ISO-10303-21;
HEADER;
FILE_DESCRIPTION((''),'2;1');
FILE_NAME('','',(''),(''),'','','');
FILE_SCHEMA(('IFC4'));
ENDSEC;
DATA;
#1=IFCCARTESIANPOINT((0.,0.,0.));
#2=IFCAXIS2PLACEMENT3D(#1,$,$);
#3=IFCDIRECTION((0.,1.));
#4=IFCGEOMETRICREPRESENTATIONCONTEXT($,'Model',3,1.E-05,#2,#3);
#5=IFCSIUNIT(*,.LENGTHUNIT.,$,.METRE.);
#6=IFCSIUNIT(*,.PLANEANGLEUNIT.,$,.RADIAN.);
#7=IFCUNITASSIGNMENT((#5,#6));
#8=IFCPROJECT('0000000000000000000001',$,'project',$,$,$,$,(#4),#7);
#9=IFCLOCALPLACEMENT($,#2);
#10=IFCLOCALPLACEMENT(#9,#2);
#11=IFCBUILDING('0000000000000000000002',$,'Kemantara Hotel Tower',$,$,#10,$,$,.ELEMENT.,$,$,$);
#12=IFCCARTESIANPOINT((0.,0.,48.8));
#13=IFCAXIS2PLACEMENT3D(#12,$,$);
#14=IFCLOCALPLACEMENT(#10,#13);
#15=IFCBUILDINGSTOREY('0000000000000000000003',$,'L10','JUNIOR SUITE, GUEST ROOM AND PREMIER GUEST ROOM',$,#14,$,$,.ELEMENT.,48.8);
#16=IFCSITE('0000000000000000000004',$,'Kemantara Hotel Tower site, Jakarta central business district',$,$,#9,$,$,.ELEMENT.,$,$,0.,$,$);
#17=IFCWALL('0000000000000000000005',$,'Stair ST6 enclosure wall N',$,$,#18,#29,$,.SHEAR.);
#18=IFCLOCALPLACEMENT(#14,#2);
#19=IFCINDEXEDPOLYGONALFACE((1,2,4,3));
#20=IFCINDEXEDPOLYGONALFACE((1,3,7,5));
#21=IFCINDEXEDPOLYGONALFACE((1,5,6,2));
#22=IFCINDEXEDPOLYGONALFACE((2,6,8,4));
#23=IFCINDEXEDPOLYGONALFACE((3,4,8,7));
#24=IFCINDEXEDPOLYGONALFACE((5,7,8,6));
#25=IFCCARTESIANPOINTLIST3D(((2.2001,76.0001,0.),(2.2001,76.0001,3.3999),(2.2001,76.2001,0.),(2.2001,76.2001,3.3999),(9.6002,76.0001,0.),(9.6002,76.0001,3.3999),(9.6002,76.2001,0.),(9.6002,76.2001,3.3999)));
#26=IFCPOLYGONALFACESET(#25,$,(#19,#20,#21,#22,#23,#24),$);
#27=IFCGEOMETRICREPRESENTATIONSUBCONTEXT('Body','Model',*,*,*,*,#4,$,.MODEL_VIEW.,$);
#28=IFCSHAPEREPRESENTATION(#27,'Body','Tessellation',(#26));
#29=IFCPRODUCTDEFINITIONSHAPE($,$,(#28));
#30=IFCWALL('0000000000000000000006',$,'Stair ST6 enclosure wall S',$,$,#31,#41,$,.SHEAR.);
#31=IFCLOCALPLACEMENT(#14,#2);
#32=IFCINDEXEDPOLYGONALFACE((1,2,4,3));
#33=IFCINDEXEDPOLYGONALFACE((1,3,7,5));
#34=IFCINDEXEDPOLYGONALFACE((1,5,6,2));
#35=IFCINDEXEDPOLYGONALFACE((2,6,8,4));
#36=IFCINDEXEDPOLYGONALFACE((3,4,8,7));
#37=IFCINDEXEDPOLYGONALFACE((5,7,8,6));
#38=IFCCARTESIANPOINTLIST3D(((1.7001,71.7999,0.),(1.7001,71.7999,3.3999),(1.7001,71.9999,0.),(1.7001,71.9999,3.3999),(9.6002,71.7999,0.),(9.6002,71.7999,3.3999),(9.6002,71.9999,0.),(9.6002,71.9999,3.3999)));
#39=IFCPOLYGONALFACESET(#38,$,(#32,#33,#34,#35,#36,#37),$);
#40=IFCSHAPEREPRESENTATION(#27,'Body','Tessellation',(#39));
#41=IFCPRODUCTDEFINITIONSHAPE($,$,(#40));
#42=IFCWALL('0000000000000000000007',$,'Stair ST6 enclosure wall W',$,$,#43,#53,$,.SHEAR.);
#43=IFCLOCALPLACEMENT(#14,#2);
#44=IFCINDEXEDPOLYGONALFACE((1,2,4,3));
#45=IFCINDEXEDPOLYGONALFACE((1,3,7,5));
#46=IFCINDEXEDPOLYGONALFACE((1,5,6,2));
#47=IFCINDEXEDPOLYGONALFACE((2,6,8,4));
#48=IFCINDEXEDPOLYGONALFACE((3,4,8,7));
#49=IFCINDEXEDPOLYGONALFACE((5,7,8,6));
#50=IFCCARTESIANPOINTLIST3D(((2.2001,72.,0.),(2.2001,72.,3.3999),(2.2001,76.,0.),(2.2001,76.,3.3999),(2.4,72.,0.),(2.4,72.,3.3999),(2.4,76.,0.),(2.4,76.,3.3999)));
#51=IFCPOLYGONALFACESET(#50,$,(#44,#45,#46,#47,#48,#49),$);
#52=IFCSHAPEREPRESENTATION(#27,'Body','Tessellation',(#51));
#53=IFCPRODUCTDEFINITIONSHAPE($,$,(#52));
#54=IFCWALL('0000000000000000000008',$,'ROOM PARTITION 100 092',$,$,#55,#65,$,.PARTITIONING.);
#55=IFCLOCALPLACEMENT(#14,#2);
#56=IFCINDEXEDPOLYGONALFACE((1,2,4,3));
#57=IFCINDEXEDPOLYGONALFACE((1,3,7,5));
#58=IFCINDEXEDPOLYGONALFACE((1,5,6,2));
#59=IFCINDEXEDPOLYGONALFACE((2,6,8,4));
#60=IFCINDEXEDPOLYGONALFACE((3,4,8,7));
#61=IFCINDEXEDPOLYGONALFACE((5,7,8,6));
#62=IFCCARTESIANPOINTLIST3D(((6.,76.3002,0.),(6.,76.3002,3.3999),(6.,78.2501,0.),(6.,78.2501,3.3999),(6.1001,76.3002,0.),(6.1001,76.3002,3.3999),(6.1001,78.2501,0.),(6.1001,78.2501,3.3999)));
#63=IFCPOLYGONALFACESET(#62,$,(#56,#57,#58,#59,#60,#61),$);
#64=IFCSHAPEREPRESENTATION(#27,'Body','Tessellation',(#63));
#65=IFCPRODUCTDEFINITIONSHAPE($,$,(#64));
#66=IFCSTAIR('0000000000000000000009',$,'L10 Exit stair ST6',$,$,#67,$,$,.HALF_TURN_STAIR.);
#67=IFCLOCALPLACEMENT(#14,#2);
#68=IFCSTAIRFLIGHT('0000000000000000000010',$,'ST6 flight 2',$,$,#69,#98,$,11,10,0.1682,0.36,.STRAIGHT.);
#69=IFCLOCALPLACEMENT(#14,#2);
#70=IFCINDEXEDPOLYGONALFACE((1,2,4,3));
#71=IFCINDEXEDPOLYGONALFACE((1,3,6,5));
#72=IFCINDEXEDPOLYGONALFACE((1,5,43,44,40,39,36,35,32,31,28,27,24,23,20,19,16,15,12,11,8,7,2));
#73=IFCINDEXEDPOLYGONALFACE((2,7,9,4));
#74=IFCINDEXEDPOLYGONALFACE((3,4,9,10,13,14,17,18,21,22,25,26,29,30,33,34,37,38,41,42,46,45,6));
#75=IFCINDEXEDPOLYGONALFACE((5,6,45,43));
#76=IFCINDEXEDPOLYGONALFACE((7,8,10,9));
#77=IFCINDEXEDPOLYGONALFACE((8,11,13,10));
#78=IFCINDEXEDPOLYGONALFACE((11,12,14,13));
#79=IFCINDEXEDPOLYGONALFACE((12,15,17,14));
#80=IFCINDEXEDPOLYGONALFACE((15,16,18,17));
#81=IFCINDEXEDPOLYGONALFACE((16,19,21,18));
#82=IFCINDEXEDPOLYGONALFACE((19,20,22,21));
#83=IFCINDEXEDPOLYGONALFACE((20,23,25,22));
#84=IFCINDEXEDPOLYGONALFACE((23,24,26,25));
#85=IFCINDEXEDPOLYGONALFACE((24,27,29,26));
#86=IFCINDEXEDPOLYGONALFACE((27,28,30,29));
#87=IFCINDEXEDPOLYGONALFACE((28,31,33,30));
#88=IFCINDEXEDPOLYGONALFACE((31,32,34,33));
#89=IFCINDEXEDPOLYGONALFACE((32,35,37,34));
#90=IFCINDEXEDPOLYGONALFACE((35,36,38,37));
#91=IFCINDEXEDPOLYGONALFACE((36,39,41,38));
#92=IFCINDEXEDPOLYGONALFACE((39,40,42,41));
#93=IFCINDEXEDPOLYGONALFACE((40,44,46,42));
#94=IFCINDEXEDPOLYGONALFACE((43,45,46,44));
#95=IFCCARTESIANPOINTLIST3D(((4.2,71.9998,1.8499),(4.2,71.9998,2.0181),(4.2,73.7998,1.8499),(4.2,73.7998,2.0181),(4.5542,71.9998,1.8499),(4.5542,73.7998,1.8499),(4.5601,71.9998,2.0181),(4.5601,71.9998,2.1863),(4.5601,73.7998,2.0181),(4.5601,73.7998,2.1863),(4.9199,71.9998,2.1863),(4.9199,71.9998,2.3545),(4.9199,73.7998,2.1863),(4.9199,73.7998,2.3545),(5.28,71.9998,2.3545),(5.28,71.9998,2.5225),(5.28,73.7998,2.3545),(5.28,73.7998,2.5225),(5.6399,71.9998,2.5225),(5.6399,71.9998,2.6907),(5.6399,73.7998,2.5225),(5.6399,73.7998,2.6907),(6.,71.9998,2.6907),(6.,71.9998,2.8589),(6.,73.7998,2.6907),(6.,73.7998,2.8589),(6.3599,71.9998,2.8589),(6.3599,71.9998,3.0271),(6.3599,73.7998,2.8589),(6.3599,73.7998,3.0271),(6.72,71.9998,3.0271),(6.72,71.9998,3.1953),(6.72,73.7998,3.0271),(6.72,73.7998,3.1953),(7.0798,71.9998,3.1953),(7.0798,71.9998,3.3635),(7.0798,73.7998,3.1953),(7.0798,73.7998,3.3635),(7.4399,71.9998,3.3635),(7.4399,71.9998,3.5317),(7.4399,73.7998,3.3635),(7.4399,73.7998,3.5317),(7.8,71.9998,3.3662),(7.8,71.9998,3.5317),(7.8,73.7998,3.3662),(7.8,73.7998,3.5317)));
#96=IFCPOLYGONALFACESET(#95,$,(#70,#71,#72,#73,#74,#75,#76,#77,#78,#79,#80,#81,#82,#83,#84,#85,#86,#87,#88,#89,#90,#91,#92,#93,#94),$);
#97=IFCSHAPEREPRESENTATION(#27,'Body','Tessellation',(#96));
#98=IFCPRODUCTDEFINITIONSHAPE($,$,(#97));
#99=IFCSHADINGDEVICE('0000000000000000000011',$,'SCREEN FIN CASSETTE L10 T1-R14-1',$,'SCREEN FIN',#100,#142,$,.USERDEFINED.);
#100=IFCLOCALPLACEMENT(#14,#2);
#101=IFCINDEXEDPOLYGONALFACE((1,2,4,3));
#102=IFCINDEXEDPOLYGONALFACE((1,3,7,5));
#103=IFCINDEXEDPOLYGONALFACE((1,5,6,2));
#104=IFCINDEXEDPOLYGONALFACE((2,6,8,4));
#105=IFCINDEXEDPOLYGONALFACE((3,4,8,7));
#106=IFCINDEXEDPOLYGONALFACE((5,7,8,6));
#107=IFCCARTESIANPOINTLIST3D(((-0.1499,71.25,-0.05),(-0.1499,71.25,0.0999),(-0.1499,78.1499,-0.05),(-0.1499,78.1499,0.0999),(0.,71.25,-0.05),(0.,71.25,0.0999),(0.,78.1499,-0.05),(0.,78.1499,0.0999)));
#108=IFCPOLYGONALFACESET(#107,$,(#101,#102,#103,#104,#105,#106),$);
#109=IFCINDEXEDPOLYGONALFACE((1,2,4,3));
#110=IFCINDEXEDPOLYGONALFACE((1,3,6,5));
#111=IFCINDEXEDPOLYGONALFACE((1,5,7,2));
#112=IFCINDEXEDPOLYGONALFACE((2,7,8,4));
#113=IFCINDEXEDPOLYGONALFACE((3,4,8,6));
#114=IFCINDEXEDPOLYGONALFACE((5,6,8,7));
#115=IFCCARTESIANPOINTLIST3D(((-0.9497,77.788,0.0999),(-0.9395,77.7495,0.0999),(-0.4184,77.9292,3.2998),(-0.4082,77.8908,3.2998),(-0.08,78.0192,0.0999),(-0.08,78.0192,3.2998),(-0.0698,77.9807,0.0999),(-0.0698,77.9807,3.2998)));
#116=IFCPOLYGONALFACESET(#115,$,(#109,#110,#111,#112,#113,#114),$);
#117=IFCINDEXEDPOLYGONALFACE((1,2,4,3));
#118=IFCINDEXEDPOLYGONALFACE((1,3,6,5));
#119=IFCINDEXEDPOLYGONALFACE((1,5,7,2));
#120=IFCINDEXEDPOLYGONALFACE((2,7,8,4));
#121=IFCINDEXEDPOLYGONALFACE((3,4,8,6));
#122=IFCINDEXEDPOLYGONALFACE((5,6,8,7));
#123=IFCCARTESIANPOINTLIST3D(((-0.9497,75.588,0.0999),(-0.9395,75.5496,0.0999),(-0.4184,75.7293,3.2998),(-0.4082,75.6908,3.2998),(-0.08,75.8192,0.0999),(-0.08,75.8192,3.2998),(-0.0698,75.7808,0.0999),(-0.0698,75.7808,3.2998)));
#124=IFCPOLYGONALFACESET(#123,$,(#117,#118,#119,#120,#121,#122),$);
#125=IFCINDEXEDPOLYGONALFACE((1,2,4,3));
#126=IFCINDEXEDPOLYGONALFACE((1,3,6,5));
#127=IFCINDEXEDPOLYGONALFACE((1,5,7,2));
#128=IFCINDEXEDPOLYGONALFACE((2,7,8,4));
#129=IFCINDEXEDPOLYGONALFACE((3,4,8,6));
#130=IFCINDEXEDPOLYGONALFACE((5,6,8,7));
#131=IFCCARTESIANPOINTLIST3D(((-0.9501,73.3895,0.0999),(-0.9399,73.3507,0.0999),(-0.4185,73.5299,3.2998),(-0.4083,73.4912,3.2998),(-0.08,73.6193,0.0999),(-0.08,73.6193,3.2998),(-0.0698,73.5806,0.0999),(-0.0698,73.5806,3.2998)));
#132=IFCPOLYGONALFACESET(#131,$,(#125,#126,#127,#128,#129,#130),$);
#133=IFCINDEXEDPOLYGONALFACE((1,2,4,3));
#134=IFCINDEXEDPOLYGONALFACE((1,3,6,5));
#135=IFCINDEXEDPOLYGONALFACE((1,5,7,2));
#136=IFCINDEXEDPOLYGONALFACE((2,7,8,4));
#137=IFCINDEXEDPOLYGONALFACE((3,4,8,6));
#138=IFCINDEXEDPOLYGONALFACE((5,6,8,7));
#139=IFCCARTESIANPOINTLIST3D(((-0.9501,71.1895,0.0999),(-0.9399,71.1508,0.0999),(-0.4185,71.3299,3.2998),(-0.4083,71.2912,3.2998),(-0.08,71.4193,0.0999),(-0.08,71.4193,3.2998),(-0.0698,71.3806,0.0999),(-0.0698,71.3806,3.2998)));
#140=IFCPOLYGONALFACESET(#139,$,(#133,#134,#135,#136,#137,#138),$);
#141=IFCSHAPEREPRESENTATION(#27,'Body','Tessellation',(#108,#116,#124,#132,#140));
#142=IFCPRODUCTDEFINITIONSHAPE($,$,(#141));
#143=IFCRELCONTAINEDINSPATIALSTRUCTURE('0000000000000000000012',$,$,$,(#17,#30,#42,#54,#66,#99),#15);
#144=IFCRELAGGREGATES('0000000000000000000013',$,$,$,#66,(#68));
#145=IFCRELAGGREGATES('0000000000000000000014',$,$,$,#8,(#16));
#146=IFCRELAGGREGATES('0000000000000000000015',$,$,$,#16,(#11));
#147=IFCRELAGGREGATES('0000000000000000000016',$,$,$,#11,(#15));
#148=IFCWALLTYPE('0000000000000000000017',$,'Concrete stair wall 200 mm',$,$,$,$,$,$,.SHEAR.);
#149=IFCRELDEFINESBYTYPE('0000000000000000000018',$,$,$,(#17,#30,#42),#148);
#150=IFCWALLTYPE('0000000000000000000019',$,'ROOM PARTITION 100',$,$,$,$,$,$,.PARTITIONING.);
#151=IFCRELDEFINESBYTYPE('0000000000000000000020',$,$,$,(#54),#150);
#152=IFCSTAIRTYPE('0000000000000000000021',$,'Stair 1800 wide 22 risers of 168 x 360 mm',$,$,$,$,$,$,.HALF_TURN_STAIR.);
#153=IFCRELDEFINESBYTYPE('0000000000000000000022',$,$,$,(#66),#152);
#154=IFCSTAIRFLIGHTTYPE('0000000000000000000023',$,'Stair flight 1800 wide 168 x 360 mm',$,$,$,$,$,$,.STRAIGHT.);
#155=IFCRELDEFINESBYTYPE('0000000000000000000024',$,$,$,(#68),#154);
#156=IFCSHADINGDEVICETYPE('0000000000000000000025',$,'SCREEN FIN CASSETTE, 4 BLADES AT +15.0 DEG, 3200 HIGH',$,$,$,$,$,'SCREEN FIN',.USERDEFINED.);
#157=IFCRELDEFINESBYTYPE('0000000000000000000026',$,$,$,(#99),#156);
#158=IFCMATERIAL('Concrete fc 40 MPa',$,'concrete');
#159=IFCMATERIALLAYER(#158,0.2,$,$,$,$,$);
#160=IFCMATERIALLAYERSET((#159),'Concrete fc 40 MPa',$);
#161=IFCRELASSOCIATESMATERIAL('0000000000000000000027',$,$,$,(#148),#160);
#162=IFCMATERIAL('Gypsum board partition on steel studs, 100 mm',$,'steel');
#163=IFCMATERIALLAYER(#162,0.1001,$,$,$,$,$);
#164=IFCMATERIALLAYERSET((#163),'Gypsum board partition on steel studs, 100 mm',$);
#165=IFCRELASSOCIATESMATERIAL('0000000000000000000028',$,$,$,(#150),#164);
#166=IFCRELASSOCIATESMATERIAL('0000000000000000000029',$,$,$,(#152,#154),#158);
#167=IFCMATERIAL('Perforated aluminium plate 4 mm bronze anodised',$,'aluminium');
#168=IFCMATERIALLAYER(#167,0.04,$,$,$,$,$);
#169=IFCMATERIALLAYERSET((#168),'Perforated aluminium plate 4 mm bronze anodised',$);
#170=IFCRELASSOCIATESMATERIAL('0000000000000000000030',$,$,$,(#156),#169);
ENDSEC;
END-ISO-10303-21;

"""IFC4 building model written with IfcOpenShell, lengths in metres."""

from ifc_helpers import new_model, si_unit, direction, frame, frame_2d, origin, origin_2d, place, context, subcontext, project, spatial, polyline, rectangle, outline, extrude, source, transform, mapped, material, layer, layer_set, type_object, element, aggregate, save


model = new_model("IFC4")

# Units and contexts
model_context = context("Model", 3, precision=1e-05, world=origin(), true_north=direction((0.0, 1.0)))
body_context = subcontext(model_context, "Body", "Model", "MODEL_VIEW")
ifc_project = project(units=[si_unit("LENGTHUNIT", "METRE"), si_unit("PLANEANGLEUNIT", "RADIAN")], contexts=[model_context])

# Site, building, storey
site_placement = place(None, origin())
site = spatial("IfcSite", under=ifc_project, at=site_placement, Name="Kemantara Hotel Tower site, Jakarta central business district", CompositionType="ELEMENT", RefElevation=0.0)
building_placement = place(site_placement, origin())
building = spatial("IfcBuilding", under=site, at=building_placement, Name="Kemantara Hotel Tower", CompositionType="ELEMENT")
storey_placement = place(building_placement, frame((0.0, 0.0, 48.8)))
storey = spatial("IfcBuildingStorey", under=building, at=storey_placement, Name="L10", Description="JUNIOR SUITE, GUEST ROOM AND PREMIER GUEST ROOM", CompositionType="ELEMENT", Elevation=48.8)

# Walls
ifc_material_1 = material(Name="Concrete fc 40 MPa", Category="concrete")
ifc_layer_1 = layer(ifc_material_1, 0.2)
ifc_layer_set_1 = layer_set([ifc_layer_1], Name="Concrete fc 40 MPa")
wall_type_1 = type_object("IfcWallType", Name="Concrete stair wall 200 mm", PredefinedType="SHEAR", material=ifc_layer_set_1)
wall_1_placement = place(storey_placement, frame((2.2, 76.1001, 0.0), z_axis=(0.0, 0.0, 1.0), x_axis=(1.0, 0.0, 0.0)))
element("IfcWall", 1, at=wall_1_placement, inside=storey, type_object=wall_type_1, Name="Stair ST6 enclosure wall N", PredefinedType="SHEAR", context=body_context, shape_type="SweptSolid", body=[
    extrude(rectangle(XDim=7.4001, YDim=0.2, at=frame_2d((3.7002, 0.0))), origin(), (0.0, 0.0, 1.0), 3.3999),
])
wall_2_placement = place(storey_placement, frame((1.7, 71.8999, 0.0), z_axis=(0.0, 0.0, 1.0), x_axis=(1.0, 0.0, 0.0)))
element("IfcWall", 2, at=wall_2_placement, inside=storey, type_object=wall_type_1, Name="Stair ST6 enclosure wall S", PredefinedType="SHEAR", context=body_context, shape_type="SweptSolid", body=[
    extrude(rectangle(XDim=7.9001, YDim=0.2, at=frame_2d((3.9502, 0.0))), origin(), (0.0, 0.0, 1.0), 3.3999),
])
wall_3_placement = place(storey_placement, frame((2.3, 72.0, 0.0), z_axis=(0.0, 0.0, 1.0), x_axis=(0.0, 1.0, 0.0)))
element("IfcWall", 3, at=wall_3_placement, inside=storey, type_object=wall_type_1, Name="Stair ST6 enclosure wall W", PredefinedType="SHEAR", context=body_context, shape_type="SweptSolid", body=[
    extrude(rectangle(XDim=4.0, YDim=0.2, at=frame_2d((2.0, 0.0))), origin(), (0.0, 0.0, 1.0), 3.3999),
])
ifc_material_2 = material(Name="Gypsum board partition on steel studs, 100 mm", Category="steel")
ifc_layer_2 = layer(ifc_material_2, 0.1001)
ifc_layer_set_2 = layer_set([ifc_layer_2], Name="Gypsum board partition on steel studs, 100 mm")
wall_type_2 = type_object("IfcWallType", Name="ROOM PARTITION 100", PredefinedType="PARTITIONING", material=ifc_layer_set_2)
wall_4_placement = place(storey_placement, frame((6.05, 76.3, 0.0), z_axis=(0.0, 0.0, 1.0), x_axis=(0.0, 1.0, 0.0)))
element("IfcWall", 4, at=wall_4_placement, inside=storey, type_object=wall_type_2, Name="ROOM PARTITION 100 092", PredefinedType="PARTITIONING", context=body_context, shape_type="SweptSolid", body=[
    extrude(rectangle(XDim=1.95, YDim=0.1001, at=frame_2d((0.9751, 0.0))), origin(), (0.0, 0.0, 1.0), 3.3999),
])

# Stair, stair flight
stair_type = type_object("IfcStairType", Name="Stair 1800 wide 22 risers of 168 x 360 mm", PredefinedType="HALF_TURN_STAIR", material=ifc_material_1)
stair_placement = place(storey_placement, origin())
stair = element("IfcStair", 5, at=stair_placement, inside=storey, type_object=stair_type, Name="L10 Exit stair ST6", PredefinedType="HALF_TURN_STAIR")
stair_flight_type = type_object("IfcStairFlightType", Name="Stair flight 1800 wide 168 x 360 mm", PredefinedType="STRAIGHT", material=ifc_material_1)
stair_flight_placement = place(storey_placement, frame((4.2, 72.8999, 1.8499), z_axis=(0.0, 0.0, 1.0), x_axis=(1.0, 0.0, 0.0)))
stair_flight = element("IfcStairFlight", 6, at=stair_flight_placement, type_object=stair_flight_type, Name="ST6 flight 2", NumberOfRisers=11, NumberOfTreads=10, PredefinedType="STRAIGHT", RiserHeight=0.1682, TreadLength=0.36, context=body_context, shape_type="SweptSolid", body=[
    extrude(outline(polyline([(0.0, 0.0), (0.0, 0.1682), (0.3601, 0.1682), (0.3601, 0.3364), (0.72, 0.3364), (0.72, 0.5046), (1.0801, 0.5046), (1.0801, 0.6726), (1.4399, 0.6726), (1.4399, 0.8408), (1.8, 0.8408), (1.8, 1.009), (2.1599, 1.009), (2.1599, 1.1772), (2.52, 1.1772), (2.52, 1.3455), (2.8799, 1.3455), (2.8799, 1.5137), (3.24, 1.5137), (3.24, 1.6819), (3.6001, 1.6819), (3.6001, 1.8501), (3.6001, 1.5164), (0.3542, 0.0), (0.0, 0.0)])), frame((0.0, 0.8999, 0.0), z_axis=(0.0, -1.0, 0.0), x_axis=(1.0, 0.0, 0.0)), (0.0, 0.0, 1.0), 1.8),
])
aggregate(stair, [stair_flight])

# Shading device
ifc_material_3 = material(Name="Perforated aluminium plate 4 mm bronze anodised", Category="aluminium")
ifc_layer_3 = layer(ifc_material_3, 0.04)
ifc_layer_set_3 = layer_set([ifc_layer_3], Name="Perforated aluminium plate 4 mm bronze anodised")
shading_device_type = type_object("IfcShadingDeviceType", Name="SCREEN FIN CASSETTE, 4 BLADES AT +15.0 DEG, 3200 HIGH", ElementType="SCREEN FIN", PredefinedType="USERDEFINED", material=ifc_layer_set_3)
shared_shape = source(origin(), body_context, "Body", "SweptSolid", [
    extrude(rectangle(XDim=6.8999, YDim=0.1499, at=origin_2d()), frame((3.3, -0.075, -0.1499), z_axis=(0.0, 0.0, 1.0), x_axis=(1.0, 0.0, 0.0)), (0.0, 0.0, 1.0), 0.1499),
    extrude(outline(polyline([(0.0, 0.0), (0.8999, 0.0), (0.3501, 3.2), (0.0, 3.2), (0.0, 0.0)])), frame((0.0193, -0.0698, 0.0), z_axis=(-0.966438, -0.256901, 0.0), x_axis=(0.256901, -0.966438, 0.0)), (0.0, 0.0, 1.0), 0.0398),
    extrude(outline(polyline([(0.0, 0.0), (0.8999, 0.0), (0.3501, 3.2), (0.0, 3.2), (0.0, 0.0)])), frame((2.2192, -0.0698, 0.0), z_axis=(-0.966438, -0.256901, 0.0), x_axis=(0.256901, -0.966438, 0.0)), (0.0, 0.0, 1.0), 0.0398),
    extrude(outline(polyline([(0.0, 0.0), (0.8999, 0.0), (0.3501, 3.2), (0.0, 3.2), (0.0, 0.0)])), frame((4.4194, -0.0698, 0.0), z_axis=(-0.966838, -0.255391, 0.0), x_axis=(0.255391, -0.966838, 0.0)), (0.0, 0.0, 1.0), 0.04),
    extrude(outline(polyline([(0.0, 0.0), (0.8999, 0.0), (0.3501, 3.2), (0.0, 3.2), (0.0, 0.0)])), frame((6.6194, -0.0698, 0.0), z_axis=(-0.966838, -0.255391, 0.0), x_axis=(0.255391, -0.966838, 0.0)), (0.0, 0.0, 1.0), 0.04),
])
shading_device_placement = place(storey_placement, frame((0.0, 78.0, 0.0999), z_axis=(0.0, 0.0, 1.0), x_axis=(0.0, -1.0, 0.0)))
element("IfcShadingDevice", 7, at=shading_device_placement, inside=storey, type_object=shading_device_type, Name="SCREEN FIN CASSETTE L10 T1-R14-1", ObjectType="SCREEN FIN", PredefinedType="USERDEFINED", context=body_context, shape_type="MappedRepresentation", body=[
    mapped(shared_shape, transform((0.0, 0.0, 0.0))),
])

save(model, "model.ifc")
